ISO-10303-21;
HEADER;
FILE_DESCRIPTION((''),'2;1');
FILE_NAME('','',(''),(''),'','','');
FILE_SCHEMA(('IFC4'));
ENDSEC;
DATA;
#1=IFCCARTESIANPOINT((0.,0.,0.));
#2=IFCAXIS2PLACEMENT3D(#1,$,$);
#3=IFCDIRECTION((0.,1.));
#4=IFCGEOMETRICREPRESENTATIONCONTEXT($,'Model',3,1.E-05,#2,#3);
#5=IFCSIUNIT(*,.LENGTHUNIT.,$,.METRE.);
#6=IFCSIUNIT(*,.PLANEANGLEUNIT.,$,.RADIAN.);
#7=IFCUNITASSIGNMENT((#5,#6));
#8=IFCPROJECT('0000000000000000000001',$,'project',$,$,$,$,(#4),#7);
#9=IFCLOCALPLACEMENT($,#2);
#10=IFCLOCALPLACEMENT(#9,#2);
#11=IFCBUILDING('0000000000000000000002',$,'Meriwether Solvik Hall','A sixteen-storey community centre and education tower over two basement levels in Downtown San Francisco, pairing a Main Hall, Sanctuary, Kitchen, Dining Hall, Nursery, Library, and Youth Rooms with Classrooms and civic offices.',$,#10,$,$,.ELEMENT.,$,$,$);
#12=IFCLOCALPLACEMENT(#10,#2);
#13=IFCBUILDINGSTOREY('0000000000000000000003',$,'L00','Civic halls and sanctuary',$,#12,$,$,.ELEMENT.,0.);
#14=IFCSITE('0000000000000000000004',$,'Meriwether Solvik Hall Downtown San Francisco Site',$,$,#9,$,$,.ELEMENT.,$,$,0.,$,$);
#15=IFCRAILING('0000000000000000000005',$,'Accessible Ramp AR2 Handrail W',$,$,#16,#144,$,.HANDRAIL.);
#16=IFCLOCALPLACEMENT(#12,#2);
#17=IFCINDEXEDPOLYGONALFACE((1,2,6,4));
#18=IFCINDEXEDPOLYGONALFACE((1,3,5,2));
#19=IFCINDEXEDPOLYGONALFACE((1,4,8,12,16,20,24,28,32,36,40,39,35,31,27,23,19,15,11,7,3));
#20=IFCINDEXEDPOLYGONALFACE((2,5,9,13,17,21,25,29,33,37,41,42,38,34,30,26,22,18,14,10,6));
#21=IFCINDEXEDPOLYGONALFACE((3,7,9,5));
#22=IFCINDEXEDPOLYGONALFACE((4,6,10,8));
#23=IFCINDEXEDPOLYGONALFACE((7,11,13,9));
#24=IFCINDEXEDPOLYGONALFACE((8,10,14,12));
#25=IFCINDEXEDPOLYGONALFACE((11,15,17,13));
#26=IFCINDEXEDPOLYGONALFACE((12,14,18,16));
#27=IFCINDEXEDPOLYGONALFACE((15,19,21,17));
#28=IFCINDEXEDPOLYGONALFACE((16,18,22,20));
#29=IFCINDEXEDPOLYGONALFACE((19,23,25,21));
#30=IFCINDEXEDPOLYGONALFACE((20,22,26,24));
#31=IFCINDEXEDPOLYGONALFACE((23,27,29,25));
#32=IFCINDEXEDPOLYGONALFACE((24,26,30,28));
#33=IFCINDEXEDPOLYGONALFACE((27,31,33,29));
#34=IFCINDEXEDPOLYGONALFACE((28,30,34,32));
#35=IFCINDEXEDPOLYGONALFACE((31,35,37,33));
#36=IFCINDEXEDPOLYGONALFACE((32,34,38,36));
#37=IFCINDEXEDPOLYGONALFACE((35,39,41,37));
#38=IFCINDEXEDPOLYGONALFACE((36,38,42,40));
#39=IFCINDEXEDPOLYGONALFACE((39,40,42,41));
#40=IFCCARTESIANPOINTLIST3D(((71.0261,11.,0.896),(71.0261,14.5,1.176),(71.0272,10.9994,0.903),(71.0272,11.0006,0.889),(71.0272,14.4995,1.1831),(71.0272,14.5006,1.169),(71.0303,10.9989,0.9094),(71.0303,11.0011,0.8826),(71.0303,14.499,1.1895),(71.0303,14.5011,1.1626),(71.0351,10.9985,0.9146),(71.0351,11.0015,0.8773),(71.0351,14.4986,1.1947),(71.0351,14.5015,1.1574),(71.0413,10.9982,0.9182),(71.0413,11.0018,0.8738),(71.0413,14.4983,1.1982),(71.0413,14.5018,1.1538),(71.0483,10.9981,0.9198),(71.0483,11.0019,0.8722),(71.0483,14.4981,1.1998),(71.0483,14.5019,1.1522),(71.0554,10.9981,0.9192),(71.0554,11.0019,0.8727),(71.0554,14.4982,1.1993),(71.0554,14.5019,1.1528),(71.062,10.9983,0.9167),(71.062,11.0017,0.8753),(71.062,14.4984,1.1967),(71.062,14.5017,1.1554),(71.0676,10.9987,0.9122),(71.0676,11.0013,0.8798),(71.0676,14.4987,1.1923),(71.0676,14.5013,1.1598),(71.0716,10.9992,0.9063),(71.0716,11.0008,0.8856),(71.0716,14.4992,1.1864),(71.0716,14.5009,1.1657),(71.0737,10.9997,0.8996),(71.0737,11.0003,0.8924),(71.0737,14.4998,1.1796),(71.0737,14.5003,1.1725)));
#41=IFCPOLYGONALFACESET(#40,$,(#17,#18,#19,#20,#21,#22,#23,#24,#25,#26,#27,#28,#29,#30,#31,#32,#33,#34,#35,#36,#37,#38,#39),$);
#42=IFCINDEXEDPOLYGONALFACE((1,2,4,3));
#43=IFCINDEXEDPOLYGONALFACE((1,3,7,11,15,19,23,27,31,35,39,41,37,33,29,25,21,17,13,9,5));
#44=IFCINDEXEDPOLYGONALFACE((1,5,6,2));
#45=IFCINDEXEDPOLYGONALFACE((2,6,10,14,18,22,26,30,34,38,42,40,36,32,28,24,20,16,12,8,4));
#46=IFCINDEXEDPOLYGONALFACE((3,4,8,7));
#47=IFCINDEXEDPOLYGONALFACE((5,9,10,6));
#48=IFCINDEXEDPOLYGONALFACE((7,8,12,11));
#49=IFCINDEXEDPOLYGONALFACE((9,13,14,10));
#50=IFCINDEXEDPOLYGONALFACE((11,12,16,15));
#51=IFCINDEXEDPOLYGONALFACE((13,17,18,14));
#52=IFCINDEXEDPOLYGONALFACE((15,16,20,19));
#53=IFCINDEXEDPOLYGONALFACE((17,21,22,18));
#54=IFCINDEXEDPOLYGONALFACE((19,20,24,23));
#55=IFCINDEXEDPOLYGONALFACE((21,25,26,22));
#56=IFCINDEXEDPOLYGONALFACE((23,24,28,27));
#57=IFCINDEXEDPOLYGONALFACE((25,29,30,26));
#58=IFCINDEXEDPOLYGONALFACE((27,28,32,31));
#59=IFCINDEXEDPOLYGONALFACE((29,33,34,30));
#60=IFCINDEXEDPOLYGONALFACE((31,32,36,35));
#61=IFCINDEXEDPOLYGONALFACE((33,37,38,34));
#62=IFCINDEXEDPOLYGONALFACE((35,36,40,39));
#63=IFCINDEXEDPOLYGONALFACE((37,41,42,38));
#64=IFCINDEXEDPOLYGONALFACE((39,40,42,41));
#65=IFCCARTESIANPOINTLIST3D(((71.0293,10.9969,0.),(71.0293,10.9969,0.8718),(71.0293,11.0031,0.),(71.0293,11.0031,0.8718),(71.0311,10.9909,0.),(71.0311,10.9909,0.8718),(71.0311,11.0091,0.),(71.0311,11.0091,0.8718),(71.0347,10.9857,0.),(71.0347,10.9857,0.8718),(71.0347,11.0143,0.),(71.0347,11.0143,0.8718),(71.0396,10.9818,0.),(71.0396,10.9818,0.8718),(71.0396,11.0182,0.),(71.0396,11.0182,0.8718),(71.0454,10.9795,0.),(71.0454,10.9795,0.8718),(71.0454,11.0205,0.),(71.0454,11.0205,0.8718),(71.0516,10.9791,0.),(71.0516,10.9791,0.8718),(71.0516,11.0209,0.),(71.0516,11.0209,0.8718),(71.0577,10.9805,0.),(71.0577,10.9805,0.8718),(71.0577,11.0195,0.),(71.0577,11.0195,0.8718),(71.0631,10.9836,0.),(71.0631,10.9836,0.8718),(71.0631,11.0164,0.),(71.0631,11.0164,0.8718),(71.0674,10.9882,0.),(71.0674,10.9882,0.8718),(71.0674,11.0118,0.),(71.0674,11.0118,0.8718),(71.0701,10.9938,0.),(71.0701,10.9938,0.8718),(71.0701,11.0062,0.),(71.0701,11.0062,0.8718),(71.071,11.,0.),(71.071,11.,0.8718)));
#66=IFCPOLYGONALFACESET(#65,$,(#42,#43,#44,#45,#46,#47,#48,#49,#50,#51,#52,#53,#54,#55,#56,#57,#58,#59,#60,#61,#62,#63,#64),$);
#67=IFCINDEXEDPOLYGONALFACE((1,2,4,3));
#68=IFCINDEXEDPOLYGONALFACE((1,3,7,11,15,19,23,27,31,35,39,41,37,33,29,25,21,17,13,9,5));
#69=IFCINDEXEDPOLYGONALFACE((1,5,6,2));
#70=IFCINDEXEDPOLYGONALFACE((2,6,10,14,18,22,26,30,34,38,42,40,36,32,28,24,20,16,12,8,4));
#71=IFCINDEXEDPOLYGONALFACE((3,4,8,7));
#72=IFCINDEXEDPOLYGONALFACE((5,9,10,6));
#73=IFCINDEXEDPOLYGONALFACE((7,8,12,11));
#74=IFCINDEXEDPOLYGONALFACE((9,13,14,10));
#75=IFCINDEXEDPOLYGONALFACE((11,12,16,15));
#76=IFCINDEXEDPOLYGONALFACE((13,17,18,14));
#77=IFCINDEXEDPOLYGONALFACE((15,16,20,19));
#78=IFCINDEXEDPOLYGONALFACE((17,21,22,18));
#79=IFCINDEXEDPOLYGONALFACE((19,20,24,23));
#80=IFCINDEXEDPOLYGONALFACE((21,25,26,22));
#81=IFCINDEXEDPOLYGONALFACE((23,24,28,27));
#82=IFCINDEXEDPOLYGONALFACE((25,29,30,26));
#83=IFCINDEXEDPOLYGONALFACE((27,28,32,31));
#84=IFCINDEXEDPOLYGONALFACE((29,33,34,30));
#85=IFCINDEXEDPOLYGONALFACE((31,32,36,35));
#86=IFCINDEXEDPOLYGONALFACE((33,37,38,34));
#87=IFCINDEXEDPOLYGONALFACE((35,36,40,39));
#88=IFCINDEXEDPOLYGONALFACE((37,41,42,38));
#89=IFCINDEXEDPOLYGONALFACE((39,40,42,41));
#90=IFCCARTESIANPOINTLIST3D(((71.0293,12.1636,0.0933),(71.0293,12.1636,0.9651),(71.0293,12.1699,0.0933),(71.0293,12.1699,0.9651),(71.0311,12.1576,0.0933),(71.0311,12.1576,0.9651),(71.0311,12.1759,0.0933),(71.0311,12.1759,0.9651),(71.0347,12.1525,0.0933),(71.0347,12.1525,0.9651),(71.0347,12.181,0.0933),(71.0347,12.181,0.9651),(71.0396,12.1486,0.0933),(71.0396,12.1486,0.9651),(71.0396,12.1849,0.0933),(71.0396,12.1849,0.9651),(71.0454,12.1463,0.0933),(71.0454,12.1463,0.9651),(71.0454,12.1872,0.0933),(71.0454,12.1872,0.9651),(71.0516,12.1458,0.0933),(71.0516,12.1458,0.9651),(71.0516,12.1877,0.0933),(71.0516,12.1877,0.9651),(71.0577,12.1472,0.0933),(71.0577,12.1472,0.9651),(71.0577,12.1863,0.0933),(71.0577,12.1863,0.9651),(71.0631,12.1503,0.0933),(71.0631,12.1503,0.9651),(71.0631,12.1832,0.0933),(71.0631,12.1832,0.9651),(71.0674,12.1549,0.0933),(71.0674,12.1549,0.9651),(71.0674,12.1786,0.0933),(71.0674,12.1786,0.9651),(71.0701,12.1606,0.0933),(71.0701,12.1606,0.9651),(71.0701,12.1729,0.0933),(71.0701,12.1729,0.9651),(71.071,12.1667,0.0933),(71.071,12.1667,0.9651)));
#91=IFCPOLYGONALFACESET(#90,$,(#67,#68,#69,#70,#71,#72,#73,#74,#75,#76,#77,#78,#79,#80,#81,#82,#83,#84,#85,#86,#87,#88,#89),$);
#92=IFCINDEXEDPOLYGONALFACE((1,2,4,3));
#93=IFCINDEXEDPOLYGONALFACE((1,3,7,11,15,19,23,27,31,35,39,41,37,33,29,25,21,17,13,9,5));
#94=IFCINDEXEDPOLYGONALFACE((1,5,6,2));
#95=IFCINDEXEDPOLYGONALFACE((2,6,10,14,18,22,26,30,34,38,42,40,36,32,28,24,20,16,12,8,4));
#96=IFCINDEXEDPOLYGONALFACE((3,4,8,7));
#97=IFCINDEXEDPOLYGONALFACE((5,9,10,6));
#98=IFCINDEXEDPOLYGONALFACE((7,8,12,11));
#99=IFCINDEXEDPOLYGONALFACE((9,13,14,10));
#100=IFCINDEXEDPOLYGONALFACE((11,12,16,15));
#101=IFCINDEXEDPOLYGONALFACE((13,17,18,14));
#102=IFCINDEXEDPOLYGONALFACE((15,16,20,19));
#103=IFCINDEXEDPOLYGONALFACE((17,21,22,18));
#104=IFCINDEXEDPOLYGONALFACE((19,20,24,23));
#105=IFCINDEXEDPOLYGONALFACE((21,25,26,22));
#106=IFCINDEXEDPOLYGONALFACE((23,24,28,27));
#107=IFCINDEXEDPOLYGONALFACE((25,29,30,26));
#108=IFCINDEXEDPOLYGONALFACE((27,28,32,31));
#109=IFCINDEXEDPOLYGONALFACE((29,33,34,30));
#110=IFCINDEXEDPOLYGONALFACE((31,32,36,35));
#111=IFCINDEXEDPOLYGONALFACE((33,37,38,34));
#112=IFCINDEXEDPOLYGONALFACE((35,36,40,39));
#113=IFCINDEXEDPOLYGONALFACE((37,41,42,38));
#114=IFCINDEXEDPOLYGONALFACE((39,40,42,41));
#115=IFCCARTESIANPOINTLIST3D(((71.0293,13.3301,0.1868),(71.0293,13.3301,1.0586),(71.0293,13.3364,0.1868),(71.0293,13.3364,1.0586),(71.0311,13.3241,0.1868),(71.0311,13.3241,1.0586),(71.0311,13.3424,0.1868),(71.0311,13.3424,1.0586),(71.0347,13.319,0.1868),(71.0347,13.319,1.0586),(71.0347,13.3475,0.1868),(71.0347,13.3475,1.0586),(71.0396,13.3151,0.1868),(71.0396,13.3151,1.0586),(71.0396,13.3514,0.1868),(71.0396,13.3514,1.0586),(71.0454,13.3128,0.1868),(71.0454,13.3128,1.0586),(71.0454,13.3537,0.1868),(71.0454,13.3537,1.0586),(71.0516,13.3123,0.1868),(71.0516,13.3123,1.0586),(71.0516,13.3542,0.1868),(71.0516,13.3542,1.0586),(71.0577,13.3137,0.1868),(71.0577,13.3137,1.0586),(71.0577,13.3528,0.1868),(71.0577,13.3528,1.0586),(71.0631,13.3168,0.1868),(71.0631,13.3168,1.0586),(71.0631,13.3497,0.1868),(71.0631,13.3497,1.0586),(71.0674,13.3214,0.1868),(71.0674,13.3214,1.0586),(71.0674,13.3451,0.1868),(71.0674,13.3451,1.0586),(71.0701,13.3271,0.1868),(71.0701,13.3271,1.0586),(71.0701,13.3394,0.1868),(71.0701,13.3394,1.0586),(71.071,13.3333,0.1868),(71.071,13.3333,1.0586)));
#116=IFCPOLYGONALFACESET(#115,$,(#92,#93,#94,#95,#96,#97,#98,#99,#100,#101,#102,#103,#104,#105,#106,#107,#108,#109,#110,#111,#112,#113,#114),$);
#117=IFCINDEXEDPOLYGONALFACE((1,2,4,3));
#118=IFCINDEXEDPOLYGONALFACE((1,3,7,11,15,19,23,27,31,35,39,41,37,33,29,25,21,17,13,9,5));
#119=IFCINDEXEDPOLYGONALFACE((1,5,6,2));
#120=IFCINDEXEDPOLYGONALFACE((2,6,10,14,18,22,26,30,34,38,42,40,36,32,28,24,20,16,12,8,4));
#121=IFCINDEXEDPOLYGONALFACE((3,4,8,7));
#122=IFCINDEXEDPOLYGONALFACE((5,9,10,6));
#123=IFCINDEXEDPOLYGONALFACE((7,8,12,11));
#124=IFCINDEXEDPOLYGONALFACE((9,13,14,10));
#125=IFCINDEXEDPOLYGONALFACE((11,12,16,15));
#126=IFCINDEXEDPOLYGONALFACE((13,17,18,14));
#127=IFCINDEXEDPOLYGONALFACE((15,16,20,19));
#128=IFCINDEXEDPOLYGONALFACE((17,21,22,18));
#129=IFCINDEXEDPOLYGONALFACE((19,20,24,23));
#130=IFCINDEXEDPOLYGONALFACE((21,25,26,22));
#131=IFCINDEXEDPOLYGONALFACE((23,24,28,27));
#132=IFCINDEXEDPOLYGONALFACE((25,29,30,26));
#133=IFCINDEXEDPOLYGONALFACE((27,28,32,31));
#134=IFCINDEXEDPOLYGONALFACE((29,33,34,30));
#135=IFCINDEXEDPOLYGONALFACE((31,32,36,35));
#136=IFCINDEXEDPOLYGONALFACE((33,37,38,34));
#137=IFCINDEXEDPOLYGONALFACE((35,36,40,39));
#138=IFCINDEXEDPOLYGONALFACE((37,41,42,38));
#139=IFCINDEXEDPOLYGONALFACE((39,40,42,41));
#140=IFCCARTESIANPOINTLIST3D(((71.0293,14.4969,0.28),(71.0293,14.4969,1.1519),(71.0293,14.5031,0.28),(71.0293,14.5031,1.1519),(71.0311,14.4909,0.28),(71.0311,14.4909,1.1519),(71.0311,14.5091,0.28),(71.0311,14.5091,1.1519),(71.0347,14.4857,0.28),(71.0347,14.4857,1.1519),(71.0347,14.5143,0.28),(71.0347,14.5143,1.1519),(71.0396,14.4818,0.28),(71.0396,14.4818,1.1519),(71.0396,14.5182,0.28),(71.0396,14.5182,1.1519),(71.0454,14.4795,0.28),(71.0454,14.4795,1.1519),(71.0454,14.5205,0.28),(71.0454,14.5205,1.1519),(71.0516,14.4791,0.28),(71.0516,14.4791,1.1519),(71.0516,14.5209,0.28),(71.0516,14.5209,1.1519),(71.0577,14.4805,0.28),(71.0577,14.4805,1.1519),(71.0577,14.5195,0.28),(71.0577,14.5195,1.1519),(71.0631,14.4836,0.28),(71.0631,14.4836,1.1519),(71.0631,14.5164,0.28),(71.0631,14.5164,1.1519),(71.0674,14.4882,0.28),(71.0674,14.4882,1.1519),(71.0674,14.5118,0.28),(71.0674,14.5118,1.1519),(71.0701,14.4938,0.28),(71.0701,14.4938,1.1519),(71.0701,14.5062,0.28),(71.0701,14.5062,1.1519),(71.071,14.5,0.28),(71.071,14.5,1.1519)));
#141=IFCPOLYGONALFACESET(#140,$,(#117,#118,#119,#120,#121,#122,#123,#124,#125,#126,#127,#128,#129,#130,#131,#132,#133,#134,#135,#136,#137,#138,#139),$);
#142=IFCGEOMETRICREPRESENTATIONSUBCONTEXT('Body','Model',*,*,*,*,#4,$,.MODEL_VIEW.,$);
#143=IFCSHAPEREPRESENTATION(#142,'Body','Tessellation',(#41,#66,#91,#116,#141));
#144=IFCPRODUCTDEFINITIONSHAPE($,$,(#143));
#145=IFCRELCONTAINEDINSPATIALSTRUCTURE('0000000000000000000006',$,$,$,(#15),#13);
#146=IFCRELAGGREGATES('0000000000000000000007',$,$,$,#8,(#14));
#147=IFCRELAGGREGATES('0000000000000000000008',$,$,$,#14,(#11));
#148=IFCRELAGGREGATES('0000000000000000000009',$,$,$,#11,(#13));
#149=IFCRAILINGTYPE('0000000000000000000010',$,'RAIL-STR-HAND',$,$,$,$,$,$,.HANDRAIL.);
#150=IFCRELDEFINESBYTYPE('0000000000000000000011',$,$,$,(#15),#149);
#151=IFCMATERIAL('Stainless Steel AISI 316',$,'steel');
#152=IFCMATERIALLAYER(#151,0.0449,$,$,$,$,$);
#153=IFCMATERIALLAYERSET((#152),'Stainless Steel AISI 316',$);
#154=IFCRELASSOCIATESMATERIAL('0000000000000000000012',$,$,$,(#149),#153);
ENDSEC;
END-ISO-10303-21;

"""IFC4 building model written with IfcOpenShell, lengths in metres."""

from ifc_helpers import new_model, si_unit, direction, frame, origin, origin_2d, place, context, subcontext, project, spatial, circle, extrude, material, layer, layer_set, type_object, element, save


model = new_model("IFC4")

# Units and contexts
model_context = context("Model", 3, precision=1e-05, world=origin(), true_north=direction((0.0, 1.0)))
body_context = subcontext(model_context, "Body", "Model", "MODEL_VIEW")
ifc_project = project(units=[si_unit("LENGTHUNIT", "METRE"), si_unit("PLANEANGLEUNIT", "RADIAN")], contexts=[model_context])

# Site, building, storey
site_placement = place(None, origin())
site = spatial("IfcSite", under=ifc_project, at=site_placement, Name="Meriwether Solvik Hall Downtown San Francisco Site", CompositionType="ELEMENT", RefElevation=0.0)
building_placement = place(site_placement, origin())
building = spatial("IfcBuilding", under=site, at=building_placement, Name="Meriwether Solvik Hall", Description="A sixteen-storey community centre and education tower over two basement levels in Downtown San Francisco, pairing a Main Hall, Sanctuary, Kitchen, Dining Hall, Nursery, Library, and Youth Rooms with Classrooms and civic offices.", CompositionType="ELEMENT")
storey_placement = place(building_placement, origin())
storey = spatial("IfcBuildingStorey", under=building, at=storey_placement, Name="L00", Description="Civic halls and sanctuary", CompositionType="ELEMENT", Elevation=0.0)

# Railing
ifc_material_1 = material(Name="Stainless Steel AISI 316", Category="steel")
ifc_layer_1 = layer(ifc_material_1, 0.0449)
ifc_layer_set_1 = layer_set([ifc_layer_1], Name="Stainless Steel AISI 316")
railing_type = type_object("IfcRailingType", Name="RAIL-STR-HAND", PredefinedType="HANDRAIL", material=ifc_layer_set_1)
for number, where, name in (
    (1, (71.05, 11.0, 0.0), "Accessible Ramp AR2 Handrail W"),
):
    element("IfcRailing", number, at=place(storey_placement, frame(where)), inside=storey, type_object=railing_type, Name=name, PredefinedType="HANDRAIL", context=body_context, shape_type="SweptSolid", body=[
        extrude(circle(Radius=0.0239, at=origin_2d()), frame((0.0, 0.0, 0.896), z_axis=(0.0, 0.996815, 0.079754), x_axis=(-1.0, 0.0, 0.0)), (0.0, 0.0, 1.0), 3.5112),
        extrude(circle(Radius=0.021, at=origin_2d()), origin(), (0.0, 0.0, 1.0), 0.8718),
        extrude(circle(Radius=0.021, at=origin_2d()), frame((0.0, 1.1667, 0.0933)), (0.0, 0.0, 1.0), 0.8718),
        extrude(circle(Radius=0.021, at=origin_2d()), frame((0.0, 2.3333, 0.1868)), (0.0, 0.0, 1.0), 0.8718),
        extrude(circle(Radius=0.021, at=origin_2d()), frame((0.0, 3.5, 0.28)), (0.0, 0.0, 1.0), 0.8718),
    ])

save(model, "model.ifc")
